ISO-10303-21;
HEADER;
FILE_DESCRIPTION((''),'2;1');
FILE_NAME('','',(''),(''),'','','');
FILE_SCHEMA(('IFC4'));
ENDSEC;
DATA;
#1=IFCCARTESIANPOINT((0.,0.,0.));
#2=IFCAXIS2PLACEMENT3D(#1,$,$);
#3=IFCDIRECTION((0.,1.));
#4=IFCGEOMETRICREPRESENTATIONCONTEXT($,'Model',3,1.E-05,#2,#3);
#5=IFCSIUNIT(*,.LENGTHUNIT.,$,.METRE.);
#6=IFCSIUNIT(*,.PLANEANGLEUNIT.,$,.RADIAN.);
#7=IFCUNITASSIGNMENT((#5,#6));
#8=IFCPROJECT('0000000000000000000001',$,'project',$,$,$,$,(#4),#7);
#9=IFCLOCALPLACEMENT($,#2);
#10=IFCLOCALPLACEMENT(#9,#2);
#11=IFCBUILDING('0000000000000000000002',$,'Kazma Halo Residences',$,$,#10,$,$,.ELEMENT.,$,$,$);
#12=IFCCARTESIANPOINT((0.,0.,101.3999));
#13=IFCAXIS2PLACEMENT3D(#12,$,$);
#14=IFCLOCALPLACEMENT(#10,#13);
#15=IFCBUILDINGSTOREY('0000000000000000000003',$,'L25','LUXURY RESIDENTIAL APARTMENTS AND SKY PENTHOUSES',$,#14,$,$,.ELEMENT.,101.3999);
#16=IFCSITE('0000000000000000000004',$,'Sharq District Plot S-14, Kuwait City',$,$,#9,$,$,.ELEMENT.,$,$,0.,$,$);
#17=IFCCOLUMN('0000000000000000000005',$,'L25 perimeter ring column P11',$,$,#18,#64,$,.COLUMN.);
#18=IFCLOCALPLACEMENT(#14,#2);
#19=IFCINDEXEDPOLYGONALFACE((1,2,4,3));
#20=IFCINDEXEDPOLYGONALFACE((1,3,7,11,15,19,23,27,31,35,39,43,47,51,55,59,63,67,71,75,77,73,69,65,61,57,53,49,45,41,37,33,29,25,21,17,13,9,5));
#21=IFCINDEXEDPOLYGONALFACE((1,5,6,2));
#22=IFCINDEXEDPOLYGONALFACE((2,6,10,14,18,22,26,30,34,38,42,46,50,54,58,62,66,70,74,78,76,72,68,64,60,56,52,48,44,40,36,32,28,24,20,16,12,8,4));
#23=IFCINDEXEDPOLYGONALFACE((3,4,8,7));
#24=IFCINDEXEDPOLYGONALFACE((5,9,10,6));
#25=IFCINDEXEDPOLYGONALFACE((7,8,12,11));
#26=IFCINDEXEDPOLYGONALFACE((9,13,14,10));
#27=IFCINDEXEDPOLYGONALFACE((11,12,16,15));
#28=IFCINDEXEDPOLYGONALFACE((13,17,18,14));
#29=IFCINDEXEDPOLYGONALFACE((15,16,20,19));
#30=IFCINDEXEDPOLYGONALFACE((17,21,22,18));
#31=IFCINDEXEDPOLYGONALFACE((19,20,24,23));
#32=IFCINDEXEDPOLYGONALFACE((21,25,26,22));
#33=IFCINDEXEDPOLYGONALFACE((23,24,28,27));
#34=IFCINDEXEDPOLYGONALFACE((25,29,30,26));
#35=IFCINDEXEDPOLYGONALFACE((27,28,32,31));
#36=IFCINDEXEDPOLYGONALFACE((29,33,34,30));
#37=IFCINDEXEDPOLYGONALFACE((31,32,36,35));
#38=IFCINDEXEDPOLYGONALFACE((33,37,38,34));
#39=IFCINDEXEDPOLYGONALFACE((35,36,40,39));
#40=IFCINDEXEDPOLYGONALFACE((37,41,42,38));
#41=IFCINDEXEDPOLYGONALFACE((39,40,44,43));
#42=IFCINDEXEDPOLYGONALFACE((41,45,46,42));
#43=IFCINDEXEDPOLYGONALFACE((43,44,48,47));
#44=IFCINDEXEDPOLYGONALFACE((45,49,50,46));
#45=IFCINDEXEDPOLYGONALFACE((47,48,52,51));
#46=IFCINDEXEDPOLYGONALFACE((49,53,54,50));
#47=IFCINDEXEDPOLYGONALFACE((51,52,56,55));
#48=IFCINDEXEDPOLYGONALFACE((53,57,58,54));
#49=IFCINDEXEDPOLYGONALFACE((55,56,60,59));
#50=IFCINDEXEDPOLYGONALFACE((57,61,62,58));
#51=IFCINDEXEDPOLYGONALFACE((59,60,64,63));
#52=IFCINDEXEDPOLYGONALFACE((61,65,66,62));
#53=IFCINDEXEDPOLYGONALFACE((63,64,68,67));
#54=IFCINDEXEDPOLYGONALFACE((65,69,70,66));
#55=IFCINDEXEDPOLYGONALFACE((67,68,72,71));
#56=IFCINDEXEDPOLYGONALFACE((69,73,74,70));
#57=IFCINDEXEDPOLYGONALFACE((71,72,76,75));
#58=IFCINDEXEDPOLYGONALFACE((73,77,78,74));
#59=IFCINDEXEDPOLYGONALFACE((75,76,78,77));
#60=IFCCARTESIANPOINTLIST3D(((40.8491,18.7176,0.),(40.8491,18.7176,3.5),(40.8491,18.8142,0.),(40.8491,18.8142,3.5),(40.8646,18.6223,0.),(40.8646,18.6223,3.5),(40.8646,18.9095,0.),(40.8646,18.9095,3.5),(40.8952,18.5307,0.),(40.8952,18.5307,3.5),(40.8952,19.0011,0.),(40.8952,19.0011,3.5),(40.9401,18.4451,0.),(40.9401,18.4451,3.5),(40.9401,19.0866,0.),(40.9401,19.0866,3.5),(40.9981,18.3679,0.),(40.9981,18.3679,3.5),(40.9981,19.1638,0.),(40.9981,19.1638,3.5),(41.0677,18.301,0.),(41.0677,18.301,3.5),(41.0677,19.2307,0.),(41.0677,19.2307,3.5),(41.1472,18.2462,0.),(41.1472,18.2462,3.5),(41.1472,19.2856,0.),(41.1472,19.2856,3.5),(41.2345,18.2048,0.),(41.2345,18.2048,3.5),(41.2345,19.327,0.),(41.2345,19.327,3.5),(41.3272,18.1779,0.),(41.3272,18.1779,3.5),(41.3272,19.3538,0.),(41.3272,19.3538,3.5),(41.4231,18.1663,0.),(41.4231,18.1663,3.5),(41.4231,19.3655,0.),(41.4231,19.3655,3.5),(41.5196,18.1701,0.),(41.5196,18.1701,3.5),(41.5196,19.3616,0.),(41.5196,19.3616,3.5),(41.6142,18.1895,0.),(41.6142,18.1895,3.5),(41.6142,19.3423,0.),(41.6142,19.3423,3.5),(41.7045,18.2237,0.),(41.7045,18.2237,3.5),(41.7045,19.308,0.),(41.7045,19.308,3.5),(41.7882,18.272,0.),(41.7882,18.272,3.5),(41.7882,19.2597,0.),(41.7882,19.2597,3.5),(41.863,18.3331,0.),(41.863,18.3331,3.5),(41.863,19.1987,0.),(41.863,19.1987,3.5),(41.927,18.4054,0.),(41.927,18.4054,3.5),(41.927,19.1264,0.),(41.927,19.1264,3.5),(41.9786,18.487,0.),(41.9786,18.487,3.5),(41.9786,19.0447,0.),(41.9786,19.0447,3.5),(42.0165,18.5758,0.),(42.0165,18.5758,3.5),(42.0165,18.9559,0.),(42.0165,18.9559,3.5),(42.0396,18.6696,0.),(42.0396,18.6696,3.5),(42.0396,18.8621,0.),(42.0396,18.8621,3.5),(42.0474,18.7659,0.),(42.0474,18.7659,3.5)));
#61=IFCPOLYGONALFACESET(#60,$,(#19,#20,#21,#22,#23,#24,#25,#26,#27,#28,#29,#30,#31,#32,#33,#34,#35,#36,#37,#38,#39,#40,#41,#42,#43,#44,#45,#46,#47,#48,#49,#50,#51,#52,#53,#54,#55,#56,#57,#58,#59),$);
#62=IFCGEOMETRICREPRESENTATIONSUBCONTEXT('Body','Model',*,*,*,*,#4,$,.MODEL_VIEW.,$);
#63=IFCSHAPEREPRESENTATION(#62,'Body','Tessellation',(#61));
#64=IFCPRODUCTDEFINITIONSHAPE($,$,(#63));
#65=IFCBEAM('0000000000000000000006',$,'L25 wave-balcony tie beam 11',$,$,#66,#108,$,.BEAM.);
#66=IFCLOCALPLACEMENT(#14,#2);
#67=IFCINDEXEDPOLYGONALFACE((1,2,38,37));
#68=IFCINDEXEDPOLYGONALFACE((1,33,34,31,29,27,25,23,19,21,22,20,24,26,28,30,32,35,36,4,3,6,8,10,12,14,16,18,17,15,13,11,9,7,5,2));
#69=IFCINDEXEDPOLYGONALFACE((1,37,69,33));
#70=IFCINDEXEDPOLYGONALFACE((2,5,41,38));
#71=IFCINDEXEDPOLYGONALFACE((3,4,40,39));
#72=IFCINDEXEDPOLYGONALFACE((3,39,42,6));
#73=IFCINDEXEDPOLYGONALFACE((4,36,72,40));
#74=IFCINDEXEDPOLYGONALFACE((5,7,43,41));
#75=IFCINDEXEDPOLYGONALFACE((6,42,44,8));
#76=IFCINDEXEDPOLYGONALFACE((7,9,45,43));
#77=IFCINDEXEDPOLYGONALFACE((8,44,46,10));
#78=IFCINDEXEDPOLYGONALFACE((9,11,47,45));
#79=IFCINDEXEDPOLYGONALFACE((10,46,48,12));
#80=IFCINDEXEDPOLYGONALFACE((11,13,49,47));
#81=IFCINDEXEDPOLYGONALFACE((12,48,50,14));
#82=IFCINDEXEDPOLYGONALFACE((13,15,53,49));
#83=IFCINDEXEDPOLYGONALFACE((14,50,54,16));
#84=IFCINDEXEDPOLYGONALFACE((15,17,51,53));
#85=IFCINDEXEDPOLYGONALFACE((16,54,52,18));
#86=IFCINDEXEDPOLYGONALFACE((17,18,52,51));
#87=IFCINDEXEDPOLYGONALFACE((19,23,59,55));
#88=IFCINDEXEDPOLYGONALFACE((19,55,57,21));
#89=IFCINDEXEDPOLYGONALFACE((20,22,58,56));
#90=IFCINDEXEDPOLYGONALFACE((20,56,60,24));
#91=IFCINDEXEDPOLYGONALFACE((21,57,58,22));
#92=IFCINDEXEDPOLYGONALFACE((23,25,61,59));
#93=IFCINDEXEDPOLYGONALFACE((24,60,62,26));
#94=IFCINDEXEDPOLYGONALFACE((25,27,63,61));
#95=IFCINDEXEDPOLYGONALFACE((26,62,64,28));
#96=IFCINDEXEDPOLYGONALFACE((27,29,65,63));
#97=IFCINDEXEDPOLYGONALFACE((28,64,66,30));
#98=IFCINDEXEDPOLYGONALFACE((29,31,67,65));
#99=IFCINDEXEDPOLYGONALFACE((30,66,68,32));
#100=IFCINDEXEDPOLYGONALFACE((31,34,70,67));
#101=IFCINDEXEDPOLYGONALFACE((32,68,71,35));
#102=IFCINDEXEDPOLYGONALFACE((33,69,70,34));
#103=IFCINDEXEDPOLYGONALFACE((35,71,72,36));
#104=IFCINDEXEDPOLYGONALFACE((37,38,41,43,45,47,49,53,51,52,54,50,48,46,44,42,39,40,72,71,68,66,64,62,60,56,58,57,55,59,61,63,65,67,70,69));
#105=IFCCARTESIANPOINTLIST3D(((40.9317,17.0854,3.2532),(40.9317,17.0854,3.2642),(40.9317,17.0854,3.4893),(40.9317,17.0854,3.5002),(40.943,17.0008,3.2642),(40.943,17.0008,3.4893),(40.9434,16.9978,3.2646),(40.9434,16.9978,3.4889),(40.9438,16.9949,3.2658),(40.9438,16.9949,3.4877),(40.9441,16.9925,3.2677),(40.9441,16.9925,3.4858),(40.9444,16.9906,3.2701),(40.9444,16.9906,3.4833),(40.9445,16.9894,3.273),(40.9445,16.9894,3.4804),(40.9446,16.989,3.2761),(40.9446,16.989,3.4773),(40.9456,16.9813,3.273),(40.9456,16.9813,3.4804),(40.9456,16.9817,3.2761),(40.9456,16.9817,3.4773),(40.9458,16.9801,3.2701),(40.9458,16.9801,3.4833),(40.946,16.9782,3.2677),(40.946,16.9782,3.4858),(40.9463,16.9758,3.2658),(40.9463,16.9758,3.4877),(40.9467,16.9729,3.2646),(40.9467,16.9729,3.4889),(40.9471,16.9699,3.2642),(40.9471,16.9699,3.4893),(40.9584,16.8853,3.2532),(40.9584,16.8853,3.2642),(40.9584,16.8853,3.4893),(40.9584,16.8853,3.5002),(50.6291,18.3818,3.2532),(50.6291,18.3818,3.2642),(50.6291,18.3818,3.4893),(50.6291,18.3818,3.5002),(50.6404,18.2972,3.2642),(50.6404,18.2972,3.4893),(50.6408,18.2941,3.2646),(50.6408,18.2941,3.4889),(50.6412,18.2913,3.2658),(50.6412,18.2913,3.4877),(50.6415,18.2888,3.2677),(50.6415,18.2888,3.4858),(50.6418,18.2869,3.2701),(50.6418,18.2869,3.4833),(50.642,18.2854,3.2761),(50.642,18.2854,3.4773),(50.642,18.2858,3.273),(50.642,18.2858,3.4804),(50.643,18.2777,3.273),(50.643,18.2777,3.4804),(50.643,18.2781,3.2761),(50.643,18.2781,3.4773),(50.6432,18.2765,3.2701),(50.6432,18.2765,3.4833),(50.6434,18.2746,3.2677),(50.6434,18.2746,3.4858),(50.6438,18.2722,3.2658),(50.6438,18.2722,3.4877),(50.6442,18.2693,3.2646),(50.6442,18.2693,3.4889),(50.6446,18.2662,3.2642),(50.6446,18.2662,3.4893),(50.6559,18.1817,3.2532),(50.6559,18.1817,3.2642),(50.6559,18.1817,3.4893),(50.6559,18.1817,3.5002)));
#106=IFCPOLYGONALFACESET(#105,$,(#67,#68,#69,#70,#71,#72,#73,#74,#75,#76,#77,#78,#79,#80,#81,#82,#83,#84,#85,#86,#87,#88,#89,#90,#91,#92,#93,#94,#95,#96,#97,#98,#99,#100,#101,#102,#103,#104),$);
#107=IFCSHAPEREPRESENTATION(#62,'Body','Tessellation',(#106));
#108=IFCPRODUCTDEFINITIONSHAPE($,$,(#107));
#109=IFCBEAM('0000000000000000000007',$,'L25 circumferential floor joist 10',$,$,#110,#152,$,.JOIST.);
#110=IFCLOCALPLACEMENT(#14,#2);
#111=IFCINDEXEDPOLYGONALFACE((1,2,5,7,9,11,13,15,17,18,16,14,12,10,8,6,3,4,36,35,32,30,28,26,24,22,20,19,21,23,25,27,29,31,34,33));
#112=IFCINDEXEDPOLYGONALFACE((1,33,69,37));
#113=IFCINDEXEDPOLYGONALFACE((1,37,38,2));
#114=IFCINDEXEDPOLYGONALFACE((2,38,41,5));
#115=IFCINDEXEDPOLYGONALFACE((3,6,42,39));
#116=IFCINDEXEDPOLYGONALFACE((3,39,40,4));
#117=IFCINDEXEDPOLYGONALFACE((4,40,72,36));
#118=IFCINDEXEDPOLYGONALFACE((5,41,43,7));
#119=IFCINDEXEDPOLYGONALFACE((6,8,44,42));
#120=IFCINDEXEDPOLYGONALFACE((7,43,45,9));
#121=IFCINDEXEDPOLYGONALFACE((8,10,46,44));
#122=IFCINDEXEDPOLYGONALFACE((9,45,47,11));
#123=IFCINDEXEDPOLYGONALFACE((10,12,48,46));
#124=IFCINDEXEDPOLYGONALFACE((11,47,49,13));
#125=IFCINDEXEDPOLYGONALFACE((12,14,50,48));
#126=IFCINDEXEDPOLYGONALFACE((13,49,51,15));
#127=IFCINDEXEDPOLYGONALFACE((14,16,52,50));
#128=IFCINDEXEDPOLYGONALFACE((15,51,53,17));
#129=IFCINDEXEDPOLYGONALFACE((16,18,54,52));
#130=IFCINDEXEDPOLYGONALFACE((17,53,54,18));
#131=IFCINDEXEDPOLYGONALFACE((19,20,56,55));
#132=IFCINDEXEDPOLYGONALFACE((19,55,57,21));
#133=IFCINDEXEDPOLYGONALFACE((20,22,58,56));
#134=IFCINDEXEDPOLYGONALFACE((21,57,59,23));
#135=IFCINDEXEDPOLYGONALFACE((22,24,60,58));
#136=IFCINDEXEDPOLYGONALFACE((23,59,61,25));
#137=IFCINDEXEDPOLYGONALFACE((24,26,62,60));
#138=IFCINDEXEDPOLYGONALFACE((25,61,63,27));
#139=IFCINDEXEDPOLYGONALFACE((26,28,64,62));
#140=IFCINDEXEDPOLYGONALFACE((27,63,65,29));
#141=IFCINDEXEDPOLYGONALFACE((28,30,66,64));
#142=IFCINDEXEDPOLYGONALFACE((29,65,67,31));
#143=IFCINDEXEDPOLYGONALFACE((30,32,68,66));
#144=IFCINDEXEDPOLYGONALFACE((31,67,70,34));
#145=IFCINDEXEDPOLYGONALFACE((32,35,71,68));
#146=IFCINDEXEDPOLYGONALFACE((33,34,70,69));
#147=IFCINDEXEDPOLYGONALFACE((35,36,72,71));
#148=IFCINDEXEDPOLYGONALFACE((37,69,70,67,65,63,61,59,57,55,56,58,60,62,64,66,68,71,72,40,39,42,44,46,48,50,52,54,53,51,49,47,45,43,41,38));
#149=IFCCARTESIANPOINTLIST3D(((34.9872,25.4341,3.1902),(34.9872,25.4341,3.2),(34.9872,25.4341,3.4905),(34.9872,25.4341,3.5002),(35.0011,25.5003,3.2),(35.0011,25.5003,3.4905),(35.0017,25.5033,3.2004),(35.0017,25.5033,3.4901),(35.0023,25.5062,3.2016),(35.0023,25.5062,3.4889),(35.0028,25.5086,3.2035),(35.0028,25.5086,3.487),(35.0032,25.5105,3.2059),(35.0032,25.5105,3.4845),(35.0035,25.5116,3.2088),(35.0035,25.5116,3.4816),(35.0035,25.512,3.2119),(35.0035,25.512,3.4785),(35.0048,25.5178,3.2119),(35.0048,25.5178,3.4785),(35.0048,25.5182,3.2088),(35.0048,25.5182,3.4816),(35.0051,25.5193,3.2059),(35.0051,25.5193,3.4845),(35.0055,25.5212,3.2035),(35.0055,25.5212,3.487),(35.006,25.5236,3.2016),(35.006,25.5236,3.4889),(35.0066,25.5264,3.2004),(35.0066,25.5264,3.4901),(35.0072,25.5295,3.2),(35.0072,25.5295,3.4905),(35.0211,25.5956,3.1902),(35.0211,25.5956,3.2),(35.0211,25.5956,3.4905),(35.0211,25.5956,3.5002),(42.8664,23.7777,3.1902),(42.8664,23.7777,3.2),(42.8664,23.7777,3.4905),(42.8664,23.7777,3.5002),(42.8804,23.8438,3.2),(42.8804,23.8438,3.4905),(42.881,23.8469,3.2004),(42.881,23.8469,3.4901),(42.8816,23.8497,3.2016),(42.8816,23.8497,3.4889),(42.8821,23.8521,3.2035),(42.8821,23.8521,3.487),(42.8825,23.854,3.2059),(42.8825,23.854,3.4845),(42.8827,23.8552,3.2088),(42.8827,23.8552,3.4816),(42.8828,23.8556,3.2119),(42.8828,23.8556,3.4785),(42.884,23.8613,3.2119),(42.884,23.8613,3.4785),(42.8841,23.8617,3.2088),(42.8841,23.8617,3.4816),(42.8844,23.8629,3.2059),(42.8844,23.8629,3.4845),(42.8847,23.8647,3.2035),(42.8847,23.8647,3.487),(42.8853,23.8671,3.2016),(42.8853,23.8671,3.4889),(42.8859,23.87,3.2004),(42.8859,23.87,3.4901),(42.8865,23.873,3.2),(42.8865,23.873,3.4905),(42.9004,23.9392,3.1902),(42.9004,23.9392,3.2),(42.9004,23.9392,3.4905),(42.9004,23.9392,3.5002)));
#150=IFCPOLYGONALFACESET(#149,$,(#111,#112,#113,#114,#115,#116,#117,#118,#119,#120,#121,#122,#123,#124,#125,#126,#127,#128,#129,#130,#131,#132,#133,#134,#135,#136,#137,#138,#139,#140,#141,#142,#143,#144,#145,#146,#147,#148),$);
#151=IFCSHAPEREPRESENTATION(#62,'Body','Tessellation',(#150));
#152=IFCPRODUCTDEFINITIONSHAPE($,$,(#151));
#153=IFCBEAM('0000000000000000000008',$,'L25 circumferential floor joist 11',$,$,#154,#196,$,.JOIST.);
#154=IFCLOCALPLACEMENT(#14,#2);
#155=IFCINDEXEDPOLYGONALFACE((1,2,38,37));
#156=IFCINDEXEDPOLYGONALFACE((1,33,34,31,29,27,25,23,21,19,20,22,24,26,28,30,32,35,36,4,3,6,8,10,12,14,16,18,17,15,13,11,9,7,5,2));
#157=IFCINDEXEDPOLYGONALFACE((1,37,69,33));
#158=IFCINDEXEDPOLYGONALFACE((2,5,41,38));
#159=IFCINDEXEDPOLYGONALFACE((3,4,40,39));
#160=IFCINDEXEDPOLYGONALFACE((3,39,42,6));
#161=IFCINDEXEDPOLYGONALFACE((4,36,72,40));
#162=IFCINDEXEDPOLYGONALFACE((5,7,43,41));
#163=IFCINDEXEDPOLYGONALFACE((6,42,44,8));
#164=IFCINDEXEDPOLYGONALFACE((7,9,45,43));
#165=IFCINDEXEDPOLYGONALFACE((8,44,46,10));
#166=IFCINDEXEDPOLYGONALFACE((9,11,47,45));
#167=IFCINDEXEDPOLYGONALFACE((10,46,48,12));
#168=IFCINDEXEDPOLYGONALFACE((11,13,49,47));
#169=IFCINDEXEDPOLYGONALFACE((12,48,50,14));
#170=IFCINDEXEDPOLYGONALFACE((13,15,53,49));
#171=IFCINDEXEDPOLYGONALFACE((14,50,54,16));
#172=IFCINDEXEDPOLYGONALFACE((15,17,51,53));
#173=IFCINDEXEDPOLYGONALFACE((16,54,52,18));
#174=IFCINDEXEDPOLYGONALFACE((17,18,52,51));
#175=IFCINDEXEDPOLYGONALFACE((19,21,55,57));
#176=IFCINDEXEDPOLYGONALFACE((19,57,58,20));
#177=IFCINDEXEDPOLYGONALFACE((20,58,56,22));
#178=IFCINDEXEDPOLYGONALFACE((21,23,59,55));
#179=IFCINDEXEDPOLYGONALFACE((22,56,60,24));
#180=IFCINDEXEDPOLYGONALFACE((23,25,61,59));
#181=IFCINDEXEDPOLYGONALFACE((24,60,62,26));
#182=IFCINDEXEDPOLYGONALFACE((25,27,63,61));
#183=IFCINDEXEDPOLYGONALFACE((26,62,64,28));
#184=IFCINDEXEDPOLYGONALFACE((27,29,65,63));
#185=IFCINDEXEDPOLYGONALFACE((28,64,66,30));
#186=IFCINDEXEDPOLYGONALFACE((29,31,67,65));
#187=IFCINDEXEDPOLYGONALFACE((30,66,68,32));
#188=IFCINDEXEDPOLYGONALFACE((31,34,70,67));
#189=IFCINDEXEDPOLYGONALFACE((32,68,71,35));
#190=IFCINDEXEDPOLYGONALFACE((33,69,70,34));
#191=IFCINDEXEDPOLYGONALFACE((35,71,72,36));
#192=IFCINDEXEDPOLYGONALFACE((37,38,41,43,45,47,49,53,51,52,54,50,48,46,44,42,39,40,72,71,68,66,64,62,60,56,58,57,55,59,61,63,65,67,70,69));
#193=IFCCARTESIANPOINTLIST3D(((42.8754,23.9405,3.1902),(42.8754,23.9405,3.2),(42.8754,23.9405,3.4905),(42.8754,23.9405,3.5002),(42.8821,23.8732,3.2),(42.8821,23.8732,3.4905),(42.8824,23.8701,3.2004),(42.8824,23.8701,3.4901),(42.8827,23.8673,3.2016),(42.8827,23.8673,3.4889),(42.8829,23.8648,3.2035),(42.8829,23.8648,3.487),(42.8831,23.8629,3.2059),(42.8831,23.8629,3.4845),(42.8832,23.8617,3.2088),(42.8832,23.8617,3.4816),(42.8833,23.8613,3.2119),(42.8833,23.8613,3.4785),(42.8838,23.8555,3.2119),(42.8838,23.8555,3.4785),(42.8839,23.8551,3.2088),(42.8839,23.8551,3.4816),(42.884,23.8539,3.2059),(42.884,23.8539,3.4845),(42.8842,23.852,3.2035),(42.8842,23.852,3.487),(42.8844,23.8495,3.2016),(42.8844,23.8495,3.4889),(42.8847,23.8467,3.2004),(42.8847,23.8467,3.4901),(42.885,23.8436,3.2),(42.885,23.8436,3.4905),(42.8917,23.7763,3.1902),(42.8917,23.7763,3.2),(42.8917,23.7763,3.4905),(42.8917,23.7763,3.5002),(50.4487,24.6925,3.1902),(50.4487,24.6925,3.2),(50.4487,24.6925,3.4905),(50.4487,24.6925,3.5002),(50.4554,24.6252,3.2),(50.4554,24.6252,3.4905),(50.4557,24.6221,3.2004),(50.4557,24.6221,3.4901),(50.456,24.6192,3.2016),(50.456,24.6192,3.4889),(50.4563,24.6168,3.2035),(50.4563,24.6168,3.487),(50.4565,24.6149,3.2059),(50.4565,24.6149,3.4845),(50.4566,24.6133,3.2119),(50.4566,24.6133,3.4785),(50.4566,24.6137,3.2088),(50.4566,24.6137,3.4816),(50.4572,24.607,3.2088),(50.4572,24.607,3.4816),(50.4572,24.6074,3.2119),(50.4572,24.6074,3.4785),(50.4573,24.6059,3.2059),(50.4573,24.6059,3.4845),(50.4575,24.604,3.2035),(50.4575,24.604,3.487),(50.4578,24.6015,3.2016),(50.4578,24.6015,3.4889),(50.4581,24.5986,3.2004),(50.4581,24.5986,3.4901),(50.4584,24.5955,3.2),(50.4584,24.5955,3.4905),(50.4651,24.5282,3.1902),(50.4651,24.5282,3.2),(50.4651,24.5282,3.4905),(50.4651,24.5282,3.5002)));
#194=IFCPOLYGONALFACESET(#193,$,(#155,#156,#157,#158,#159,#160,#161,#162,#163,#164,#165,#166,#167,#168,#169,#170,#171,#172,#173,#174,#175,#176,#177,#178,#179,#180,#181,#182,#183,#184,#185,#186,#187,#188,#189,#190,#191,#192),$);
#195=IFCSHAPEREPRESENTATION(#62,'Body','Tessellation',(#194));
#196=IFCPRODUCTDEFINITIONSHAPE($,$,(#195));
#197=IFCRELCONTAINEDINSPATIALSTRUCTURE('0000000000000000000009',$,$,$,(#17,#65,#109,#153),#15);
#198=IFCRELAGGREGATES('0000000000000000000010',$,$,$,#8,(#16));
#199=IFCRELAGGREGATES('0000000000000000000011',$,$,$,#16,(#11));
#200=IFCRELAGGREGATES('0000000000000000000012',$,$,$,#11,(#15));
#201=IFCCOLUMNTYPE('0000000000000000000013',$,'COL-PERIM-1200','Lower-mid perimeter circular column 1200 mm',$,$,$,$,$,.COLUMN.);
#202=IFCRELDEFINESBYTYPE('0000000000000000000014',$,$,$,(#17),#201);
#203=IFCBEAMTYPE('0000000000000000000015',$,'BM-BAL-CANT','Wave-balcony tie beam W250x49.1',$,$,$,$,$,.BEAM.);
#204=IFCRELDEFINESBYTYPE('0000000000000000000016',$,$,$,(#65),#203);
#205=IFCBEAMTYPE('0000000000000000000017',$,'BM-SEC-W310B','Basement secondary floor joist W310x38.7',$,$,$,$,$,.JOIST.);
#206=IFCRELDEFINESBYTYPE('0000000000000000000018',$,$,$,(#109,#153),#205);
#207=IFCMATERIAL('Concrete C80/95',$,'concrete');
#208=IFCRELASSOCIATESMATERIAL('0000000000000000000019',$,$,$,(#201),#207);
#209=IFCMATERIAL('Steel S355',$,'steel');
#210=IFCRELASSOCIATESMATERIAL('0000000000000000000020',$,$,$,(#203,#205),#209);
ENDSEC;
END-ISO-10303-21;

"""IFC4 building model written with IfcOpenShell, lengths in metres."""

from ifc_helpers import new_model, si_unit, direction, frame, origin, origin_2d, place, context, subcontext, project, spatial, circle, i_section, extrude, material, material_profile, profile_set, type_object, element, save


model = new_model("IFC4")

# Units and contexts
model_context = context("Model", 3, precision=1e-05, world=origin(), true_north=direction((0.0, 1.0)))
body_context = subcontext(model_context, "Body", "Model", "MODEL_VIEW")
ifc_project = project(units=[si_unit("LENGTHUNIT", "METRE"), si_unit("PLANEANGLEUNIT", "RADIAN")], contexts=[model_context])

# Site, building, storey
site_placement = place(None, origin())
site = spatial("IfcSite", under=ifc_project, at=site_placement, Name="Sharq District Plot S-14, Kuwait City", CompositionType="ELEMENT", RefElevation=0.0)
building_placement = place(site_placement, origin())
building = spatial("IfcBuilding", under=site, at=building_placement, Name="Kazma Halo Residences", CompositionType="ELEMENT")
storey_placement = place(building_placement, frame((0.0, 0.0, 101.3999)))
storey = spatial("IfcBuildingStorey", under=building, at=storey_placement, Name="L25", Description="LUXURY RESIDENTIAL APARTMENTS AND SKY PENTHOUSES", CompositionType="ELEMENT", Elevation=101.3999)

# Column
ifc_material_1 = material(Name="Concrete C80/95", Category="concrete")
ifc_material_profile_1 = material_profile(ifc_material_1, circle(Radius=0.6001, at=origin_2d()), Name="CIRC1200")
ifc_profile_set_1 = profile_set([ifc_material_profile_1], Name="Concrete C80/95")
column_type = type_object("IfcColumnType", Name="COL-PERIM-1200", Description="Lower-mid perimeter circular column 1200 mm", PredefinedType="COLUMN", material=ifc_profile_set_1)
column_placement = place(storey_placement, frame((41.4473, 18.7659, 0.0), z_axis=(0.0, 0.0, 1.0), x_axis=(1.0, 0.0, 0.0)))
element("IfcColumn", 1, at=column_placement, inside=storey, type_object=column_type, Name="L25 perimeter ring column P11", PredefinedType="COLUMN", context=body_context, shape_type="SweptSolid", body=[
    extrude(circle(Radius=0.6001, at=origin_2d()), origin(), (0.0, 0.0, 1.0), 3.5),
])

# Beams
ifc_material_2 = material(Name="Steel S355", Category="steel")
ifc_material_profile_2 = material_profile(ifc_material_2, i_section(OverallWidth=0.2019, OverallDepth=0.2471, WebThickness=0.0073, FlangeThickness=0.011, FilletRadius=0.012, at=origin_2d()), Name="W250x49.1")
ifc_profile_set_2 = profile_set([ifc_material_profile_2], Name="Steel S355")
beam_type_1 = type_object("IfcBeamType", Name="BM-BAL-CANT", Description="Wave-balcony tie beam W250x49.1", PredefinedType="BEAM", material=ifc_profile_set_2)
beam_1_placement = place(storey_placement, frame((40.9451, 16.9854, 3.3767), z_axis=(0.991183, 0.132504, 0.0), x_axis=(-0.132504, 0.991183, 0.0)))
element("IfcBeam", 2, at=beam_1_placement, inside=storey, type_object=beam_type_1, Name="L25 wave-balcony tie beam 11", PredefinedType="BEAM", context=body_context, shape_type="SweptSolid", body=[
    extrude(i_section(OverallWidth=0.2019, OverallDepth=0.2471, WebThickness=0.0073, FlangeThickness=0.011, FilletRadius=0.012, at=origin_2d()), origin(), (0.0, 0.0, 1.0), 9.7837),
])
ifc_material_profile_3 = material_profile(ifc_material_2, i_section(OverallWidth=0.165, OverallDepth=0.3101, WebThickness=0.0059, FlangeThickness=0.0098, FilletRadius=0.012, at=origin_2d()), Name="W310x38.7")
ifc_profile_set_3 = profile_set([ifc_material_profile_3], Name="Steel S355")
beam_type_2 = type_object("IfcBeamType", Name="BM-SEC-W310B", Description="Basement secondary floor joist W310x38.7", PredefinedType="JOIST", material=ifc_profile_set_3)
beam_2_placement = place(storey_placement, frame((35.0042, 25.5149, 3.3452), z_axis=(0.978608, -0.205734, 0.0), x_axis=(0.205734, 0.978608, 0.0)))
element("IfcBeam", 3, at=beam_2_placement, inside=storey, type_object=beam_type_2, Name="L25 circumferential floor joist 10", PredefinedType="JOIST", context=body_context, shape_type="SweptSolid", body=[
    extrude(i_section(OverallWidth=0.165, OverallDepth=0.3101, WebThickness=0.0059, FlangeThickness=0.0098, FilletRadius=0.012, at=origin_2d()), origin(), (0.0, 0.0, 1.0), 8.0515),
])
beam_3_placement = place(storey_placement, frame((42.8835, 23.8584, 3.3452), z_axis=(0.995107, 0.098805, 0.0), x_axis=(-0.098805, 0.995107, 0.0)))
element("IfcBeam", 4, at=beam_3_placement, inside=storey, type_object=beam_type_2, Name="L25 circumferential floor joist 11", PredefinedType="JOIST", context=body_context, shape_type="SweptSolid", body=[
    extrude(i_section(OverallWidth=0.165, OverallDepth=0.3101, WebThickness=0.0059, FlangeThickness=0.0098, FilletRadius=0.012, at=origin_2d()), origin(), (0.0, 0.0, 1.0), 7.6106),
])

save(model, "model.ifc")
